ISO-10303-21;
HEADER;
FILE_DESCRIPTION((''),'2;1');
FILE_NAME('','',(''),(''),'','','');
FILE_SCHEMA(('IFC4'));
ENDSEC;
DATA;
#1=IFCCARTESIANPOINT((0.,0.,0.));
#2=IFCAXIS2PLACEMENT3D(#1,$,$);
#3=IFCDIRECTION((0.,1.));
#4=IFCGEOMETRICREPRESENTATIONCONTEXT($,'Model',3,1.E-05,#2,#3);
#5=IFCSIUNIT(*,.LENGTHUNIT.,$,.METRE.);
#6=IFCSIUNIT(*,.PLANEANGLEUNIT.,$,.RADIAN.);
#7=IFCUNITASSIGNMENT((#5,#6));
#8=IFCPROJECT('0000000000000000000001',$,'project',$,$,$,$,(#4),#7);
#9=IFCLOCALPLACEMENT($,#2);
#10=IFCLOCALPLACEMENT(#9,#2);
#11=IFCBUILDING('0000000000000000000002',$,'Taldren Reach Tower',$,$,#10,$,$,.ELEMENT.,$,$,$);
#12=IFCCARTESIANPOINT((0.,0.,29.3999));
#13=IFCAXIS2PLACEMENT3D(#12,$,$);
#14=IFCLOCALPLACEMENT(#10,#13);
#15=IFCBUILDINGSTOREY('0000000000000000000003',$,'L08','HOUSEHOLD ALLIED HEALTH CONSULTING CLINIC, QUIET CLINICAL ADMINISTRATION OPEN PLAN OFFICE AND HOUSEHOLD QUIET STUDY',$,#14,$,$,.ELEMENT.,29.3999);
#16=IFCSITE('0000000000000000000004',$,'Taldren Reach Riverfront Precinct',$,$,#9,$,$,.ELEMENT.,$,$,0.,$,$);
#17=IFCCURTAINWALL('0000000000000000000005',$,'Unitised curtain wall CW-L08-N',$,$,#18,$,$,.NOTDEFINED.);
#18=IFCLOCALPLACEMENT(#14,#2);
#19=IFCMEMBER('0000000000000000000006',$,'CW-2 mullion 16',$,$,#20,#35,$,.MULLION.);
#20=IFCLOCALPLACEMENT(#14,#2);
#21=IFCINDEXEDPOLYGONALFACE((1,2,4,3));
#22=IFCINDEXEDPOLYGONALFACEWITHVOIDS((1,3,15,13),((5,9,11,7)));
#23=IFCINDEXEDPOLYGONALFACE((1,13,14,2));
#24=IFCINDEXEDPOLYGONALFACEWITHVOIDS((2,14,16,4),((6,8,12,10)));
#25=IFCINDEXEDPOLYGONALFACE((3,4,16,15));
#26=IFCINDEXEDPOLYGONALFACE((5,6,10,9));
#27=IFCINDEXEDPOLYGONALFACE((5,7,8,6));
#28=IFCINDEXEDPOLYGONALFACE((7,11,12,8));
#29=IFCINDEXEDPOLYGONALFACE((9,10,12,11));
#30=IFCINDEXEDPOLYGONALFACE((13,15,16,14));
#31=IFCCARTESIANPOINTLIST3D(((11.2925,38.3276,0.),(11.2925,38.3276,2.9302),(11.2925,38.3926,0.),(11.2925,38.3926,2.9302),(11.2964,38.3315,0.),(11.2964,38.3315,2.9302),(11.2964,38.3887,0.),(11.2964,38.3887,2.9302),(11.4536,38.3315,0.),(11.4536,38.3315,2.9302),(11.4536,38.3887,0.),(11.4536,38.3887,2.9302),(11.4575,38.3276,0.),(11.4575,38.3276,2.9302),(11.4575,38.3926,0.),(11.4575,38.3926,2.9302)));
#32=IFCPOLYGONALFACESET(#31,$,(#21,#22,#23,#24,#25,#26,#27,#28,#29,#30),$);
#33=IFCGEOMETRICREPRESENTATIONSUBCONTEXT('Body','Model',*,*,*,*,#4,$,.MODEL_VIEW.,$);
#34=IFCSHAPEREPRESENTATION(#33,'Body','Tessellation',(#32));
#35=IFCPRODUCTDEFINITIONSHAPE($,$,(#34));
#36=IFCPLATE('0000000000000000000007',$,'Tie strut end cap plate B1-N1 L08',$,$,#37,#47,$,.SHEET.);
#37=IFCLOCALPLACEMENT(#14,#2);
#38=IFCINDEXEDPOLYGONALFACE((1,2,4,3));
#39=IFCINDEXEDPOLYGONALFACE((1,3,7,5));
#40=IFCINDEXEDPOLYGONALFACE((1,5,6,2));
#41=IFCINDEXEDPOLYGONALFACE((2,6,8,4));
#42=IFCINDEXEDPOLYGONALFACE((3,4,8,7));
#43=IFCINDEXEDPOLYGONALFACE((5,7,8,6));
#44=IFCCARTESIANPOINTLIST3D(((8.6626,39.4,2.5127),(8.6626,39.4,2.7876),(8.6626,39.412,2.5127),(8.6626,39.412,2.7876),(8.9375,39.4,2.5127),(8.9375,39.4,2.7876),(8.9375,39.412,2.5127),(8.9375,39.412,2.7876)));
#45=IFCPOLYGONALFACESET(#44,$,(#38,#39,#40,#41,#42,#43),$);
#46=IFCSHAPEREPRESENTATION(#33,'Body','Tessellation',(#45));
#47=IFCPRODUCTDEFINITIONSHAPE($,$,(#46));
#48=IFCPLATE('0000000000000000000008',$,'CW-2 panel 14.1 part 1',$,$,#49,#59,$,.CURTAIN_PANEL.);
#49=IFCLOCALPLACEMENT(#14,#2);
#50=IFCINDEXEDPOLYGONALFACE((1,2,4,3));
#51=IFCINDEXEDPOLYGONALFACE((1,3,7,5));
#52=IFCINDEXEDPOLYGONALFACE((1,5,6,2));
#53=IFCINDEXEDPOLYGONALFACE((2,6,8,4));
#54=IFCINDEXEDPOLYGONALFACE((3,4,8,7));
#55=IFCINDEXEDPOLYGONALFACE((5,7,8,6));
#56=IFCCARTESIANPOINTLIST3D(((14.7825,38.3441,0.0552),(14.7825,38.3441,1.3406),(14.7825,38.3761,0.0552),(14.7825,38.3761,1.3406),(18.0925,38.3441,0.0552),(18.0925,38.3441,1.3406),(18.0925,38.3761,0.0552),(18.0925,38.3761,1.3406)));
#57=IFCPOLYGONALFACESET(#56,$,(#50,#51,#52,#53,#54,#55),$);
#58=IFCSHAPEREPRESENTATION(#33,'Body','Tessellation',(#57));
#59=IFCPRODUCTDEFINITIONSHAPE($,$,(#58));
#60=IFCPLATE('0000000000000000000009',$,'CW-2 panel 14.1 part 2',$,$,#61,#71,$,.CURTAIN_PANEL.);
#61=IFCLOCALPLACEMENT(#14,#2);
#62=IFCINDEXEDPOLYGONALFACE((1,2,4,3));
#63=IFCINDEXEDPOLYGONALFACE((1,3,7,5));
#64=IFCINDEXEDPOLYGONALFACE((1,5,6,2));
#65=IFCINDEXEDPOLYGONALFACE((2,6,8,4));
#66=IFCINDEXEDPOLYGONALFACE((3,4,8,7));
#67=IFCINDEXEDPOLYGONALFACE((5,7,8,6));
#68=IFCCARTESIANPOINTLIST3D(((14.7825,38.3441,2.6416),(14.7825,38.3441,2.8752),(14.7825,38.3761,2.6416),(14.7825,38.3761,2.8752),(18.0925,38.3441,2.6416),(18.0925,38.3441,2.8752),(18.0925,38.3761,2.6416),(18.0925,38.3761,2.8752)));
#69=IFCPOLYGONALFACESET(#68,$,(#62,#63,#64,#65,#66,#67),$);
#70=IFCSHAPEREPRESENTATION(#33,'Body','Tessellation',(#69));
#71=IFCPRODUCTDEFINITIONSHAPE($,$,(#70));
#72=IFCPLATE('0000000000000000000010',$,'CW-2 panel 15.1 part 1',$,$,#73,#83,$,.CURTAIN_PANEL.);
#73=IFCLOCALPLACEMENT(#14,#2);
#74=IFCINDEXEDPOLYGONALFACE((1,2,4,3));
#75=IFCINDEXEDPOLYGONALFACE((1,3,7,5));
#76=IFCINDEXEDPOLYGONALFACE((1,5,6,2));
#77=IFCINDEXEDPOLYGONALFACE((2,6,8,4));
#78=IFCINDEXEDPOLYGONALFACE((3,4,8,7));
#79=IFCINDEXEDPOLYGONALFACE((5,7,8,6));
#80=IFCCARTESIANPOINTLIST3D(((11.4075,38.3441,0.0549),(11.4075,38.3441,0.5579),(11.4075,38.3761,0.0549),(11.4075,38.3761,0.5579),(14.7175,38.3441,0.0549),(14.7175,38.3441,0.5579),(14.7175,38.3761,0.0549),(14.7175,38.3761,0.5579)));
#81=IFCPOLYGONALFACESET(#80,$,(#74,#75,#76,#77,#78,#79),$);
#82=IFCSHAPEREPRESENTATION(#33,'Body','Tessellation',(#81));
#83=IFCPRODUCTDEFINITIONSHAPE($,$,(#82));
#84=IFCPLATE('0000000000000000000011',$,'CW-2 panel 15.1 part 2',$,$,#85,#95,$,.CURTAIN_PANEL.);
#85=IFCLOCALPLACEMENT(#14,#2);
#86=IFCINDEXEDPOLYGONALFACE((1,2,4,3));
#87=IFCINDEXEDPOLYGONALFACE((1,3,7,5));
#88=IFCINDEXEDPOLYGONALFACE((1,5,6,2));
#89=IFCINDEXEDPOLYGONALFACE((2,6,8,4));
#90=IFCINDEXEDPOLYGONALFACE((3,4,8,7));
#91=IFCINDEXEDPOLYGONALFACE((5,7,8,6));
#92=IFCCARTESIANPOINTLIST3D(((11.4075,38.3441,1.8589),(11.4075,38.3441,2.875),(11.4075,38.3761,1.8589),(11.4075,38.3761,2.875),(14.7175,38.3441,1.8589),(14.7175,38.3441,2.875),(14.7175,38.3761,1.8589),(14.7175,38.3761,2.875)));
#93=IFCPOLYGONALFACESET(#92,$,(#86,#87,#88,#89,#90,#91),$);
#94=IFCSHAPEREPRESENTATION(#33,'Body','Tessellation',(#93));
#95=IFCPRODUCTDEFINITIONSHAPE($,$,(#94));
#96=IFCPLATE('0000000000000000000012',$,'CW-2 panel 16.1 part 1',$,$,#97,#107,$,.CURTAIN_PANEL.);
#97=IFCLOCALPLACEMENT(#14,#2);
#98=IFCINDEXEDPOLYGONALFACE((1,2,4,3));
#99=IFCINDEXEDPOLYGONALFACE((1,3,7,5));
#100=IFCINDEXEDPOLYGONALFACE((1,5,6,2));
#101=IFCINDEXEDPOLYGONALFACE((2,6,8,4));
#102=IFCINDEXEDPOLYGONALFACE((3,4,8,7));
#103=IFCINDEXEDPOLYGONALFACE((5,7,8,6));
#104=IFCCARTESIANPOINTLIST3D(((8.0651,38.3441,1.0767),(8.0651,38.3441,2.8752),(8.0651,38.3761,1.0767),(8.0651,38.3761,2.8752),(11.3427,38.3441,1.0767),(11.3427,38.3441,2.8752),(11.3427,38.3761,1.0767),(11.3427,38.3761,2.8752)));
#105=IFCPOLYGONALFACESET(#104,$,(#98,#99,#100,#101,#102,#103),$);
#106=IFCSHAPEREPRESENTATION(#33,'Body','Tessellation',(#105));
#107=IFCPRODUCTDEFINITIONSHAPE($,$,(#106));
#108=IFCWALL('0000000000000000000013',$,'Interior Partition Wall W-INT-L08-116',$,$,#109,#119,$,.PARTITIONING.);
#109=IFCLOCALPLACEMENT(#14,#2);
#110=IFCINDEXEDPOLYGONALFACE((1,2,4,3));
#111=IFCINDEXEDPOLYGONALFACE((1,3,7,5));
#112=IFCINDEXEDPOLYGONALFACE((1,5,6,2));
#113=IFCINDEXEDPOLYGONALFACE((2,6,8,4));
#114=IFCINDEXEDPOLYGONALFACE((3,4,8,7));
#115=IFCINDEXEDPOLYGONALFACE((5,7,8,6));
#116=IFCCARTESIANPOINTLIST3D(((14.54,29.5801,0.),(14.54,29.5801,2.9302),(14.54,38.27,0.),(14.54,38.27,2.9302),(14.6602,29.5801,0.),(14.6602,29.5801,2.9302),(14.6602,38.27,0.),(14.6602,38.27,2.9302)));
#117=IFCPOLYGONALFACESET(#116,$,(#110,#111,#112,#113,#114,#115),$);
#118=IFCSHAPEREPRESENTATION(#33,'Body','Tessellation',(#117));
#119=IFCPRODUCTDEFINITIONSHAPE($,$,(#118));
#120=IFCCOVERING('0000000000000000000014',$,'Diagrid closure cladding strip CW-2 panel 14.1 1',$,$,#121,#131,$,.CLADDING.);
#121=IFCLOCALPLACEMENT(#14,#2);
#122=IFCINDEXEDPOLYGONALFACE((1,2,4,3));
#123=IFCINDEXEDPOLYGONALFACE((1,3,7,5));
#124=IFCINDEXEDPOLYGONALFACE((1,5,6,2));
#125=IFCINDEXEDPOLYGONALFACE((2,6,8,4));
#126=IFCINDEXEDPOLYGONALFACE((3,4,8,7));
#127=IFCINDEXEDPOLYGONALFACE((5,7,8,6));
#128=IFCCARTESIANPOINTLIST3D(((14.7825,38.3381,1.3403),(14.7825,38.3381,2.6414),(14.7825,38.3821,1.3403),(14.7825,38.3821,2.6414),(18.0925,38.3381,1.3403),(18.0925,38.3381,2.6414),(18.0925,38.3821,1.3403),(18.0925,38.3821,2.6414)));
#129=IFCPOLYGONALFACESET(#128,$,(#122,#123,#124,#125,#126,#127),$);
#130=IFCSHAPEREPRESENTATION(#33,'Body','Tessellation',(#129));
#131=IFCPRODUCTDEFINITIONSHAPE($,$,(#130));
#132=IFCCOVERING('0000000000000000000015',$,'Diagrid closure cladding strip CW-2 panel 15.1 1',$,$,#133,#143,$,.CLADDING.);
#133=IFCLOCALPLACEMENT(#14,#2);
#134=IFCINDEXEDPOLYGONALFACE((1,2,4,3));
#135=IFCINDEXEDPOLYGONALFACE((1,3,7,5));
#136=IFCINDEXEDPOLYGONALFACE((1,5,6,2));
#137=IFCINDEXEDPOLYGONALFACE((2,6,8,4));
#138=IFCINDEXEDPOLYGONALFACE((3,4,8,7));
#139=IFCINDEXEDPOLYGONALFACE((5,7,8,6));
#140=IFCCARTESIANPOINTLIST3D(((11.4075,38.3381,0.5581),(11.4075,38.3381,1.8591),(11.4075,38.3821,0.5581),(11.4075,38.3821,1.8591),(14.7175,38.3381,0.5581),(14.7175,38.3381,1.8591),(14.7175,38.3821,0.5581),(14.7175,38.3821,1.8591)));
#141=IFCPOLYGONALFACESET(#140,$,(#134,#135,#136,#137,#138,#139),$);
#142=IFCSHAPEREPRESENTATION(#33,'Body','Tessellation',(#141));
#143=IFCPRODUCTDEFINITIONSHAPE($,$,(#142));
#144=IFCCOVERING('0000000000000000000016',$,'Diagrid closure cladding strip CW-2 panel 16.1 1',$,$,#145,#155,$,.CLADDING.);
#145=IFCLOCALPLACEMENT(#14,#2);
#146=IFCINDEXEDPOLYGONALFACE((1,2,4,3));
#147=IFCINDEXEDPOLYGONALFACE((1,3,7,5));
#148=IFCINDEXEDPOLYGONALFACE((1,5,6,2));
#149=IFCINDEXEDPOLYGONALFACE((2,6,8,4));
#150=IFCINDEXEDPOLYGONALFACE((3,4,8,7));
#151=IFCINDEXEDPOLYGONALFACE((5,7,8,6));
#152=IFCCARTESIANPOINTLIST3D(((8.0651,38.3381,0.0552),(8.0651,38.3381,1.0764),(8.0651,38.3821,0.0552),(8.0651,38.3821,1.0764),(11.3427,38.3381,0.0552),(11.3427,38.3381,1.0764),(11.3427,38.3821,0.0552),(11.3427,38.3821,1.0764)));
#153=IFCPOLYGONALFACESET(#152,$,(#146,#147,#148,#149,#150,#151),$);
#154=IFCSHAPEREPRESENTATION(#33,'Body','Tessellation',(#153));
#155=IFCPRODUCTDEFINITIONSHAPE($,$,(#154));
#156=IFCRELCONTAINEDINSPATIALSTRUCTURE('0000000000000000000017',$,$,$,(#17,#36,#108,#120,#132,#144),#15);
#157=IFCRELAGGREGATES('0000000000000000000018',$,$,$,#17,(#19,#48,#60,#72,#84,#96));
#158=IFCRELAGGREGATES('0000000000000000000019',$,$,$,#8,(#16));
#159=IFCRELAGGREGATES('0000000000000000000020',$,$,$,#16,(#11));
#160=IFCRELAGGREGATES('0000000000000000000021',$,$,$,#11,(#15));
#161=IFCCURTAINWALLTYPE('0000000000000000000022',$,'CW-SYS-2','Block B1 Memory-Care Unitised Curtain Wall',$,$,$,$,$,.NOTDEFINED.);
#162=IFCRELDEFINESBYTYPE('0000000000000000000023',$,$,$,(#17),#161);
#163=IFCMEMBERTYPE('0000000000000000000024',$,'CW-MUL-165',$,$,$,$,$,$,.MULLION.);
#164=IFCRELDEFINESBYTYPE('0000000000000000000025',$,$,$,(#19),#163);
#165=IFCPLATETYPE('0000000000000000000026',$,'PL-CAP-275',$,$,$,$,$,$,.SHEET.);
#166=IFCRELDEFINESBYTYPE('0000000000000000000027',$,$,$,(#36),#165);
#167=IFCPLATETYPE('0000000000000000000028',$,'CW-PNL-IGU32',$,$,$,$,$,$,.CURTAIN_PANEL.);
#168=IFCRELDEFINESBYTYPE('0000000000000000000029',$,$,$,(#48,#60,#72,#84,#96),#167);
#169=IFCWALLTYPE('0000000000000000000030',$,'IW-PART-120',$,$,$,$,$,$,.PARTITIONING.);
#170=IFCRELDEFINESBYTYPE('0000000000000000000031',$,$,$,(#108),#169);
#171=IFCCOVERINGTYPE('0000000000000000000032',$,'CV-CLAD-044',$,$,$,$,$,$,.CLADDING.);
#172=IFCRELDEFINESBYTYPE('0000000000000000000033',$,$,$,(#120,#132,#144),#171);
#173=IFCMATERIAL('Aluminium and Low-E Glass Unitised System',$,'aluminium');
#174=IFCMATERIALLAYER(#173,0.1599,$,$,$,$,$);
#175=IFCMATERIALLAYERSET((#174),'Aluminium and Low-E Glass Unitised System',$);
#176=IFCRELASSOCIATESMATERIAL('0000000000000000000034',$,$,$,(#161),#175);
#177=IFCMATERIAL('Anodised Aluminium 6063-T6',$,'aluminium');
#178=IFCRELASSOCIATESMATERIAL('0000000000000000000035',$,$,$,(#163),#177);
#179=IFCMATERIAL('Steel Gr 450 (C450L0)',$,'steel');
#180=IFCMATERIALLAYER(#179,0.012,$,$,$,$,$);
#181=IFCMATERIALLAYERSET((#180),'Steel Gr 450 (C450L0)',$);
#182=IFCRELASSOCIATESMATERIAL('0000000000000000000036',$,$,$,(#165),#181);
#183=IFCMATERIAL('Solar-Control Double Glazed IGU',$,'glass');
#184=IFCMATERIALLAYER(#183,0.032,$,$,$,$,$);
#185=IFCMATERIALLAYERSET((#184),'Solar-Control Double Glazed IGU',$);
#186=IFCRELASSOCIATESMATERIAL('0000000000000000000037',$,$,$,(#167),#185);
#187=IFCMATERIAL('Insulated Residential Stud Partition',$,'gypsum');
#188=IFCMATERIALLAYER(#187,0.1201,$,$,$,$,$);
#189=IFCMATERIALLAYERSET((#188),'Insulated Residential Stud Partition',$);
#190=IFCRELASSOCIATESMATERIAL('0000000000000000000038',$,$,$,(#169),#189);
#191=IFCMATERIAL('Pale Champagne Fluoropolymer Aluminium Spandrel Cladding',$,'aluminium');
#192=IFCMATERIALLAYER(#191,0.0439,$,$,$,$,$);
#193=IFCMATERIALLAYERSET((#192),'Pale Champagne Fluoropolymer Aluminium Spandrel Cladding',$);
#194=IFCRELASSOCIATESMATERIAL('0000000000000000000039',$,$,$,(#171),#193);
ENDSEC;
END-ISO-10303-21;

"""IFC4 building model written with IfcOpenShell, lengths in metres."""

from ifc_helpers import new_model, si_unit, direction, frame, frame_2d, origin, origin_2d, place, context, subcontext, project, spatial, rectangle, hollow_rectangle, extrude, source, transform, mapped, material, layer, layer_set, material_profile, profile_set, type_object, element, aggregate, save


model = new_model("IFC4")

# Units and contexts
model_context = context("Model", 3, precision=1e-05, world=origin(), true_north=direction((0.0, 1.0)))
body_context = subcontext(model_context, "Body", "Model", "MODEL_VIEW")
ifc_project = project(units=[si_unit("LENGTHUNIT", "METRE"), si_unit("PLANEANGLEUNIT", "RADIAN")], contexts=[model_context])

# Site, building, storey
site_placement = place(None, origin())
site = spatial("IfcSite", under=ifc_project, at=site_placement, Name="Taldren Reach Riverfront Precinct", CompositionType="ELEMENT", RefElevation=0.0)
building_placement = place(site_placement, origin())
building = spatial("IfcBuilding", under=site, at=building_placement, Name="Taldren Reach Tower", CompositionType="ELEMENT")
storey_placement = place(building_placement, frame((0.0, 0.0, 29.3999)))
storey = spatial("IfcBuildingStorey", under=building, at=storey_placement, Name="L08", Description="HOUSEHOLD ALLIED HEALTH CONSULTING CLINIC, QUIET CLINICAL ADMINISTRATION OPEN PLAN OFFICE AND HOUSEHOLD QUIET STUDY", CompositionType="ELEMENT", Elevation=29.3999)

# Shared definitions
ifc_material_1 = material(Name="Steel Gr 450 (C450L0)", Category="steel")

# Curtain wall, member
ifc_material_2 = material(Name="Aluminium and Low-E Glass Unitised System", Category="aluminium")
ifc_layer_1 = layer(ifc_material_2, 0.1599)
ifc_layer_set_1 = layer_set([ifc_layer_1], Name="Aluminium and Low-E Glass Unitised System")
curtain_wall_type = type_object("IfcCurtainWallType", Name="CW-SYS-2", Description="Block B1 Memory-Care Unitised Curtain Wall", PredefinedType="NOTDEFINED", material=ifc_layer_set_1)
curtain_wall_placement = place(storey_placement, origin())
curtain_wall = element("IfcCurtainWall", 1, at=curtain_wall_placement, inside=storey, type_object=curtain_wall_type, Name="Unitised curtain wall CW-L08-N", PredefinedType="NOTDEFINED")
ifc_material_3 = material(Name="Anodised Aluminium 6063-T6", Category="aluminium")
ifc_material_profile_1 = material_profile(ifc_material_3, hollow_rectangle(XDim=0.0649, YDim=0.165, WallThickness=0.0039, at=origin_2d()), Name="ALU-165x65x4RHS")
ifc_profile_set_1 = profile_set([ifc_material_profile_1], Name="Anodised Aluminium 6063-T6")
member_type_1 = type_object("IfcMemberType", Name="CW-MUL-165", PredefinedType="MULLION", material=ifc_profile_set_1)
shared_shape_1 = source(origin(), body_context, "Body", "SweptSolid", [
    extrude(hollow_rectangle(XDim=0.0649, YDim=0.165, WallThickness=0.0039, at=origin_2d()), origin(), (0.0, 0.0, 1.0), 2.9302),
])
member_1_placement = place(storey_placement, frame((11.375, 38.3601, 0.0), z_axis=(0.0, 0.0, 1.0), x_axis=(0.0, -1.0, 0.0)))
member_1 = element("IfcMember", 2, at=member_1_placement, type_object=member_type_1, Name="CW-2 mullion 16", PredefinedType="MULLION", context=body_context, shape_type="MappedRepresentation", body=[
    mapped(shared_shape_1, transform((0.0, 0.0, 0.0), scale=1.0)),
])

# Plates
ifc_layer_2 = layer(ifc_material_1, 0.012)
ifc_layer_set_2 = layer_set([ifc_layer_2], Name="Steel Gr 450 (C450L0)")
plate_type_1 = type_object("IfcPlateType", Name="PL-CAP-275", PredefinedType="SHEET", material=ifc_layer_set_2)
shared_shape_2 = source(origin(), body_context, "Body", "SweptSolid", [
    extrude(rectangle(XDim=0.2749, YDim=0.012, at=origin_2d()), origin(), (0.0, 0.0, 1.0), 0.2749),
])
plate_1_placement = place(storey_placement, frame((8.8, 39.406, 2.5127), z_axis=(0.0, 0.0, 1.0), x_axis=(1.0, 0.0, 0.0)))
element("IfcPlate", 3, at=plate_1_placement, inside=storey, type_object=plate_type_1, Name="Tie strut end cap plate B1-N1 L08", PredefinedType="SHEET", context=body_context, shape_type="MappedRepresentation", body=[
    mapped(shared_shape_2, transform((0.0, 0.0, 0.0), scale=1.0)),
])
ifc_material_4 = material(Name="Solar-Control Double Glazed IGU", Category="glass")
ifc_layer_3 = layer(ifc_material_4, 0.032)
ifc_layer_set_3 = layer_set([ifc_layer_3], Name="Solar-Control Double Glazed IGU")
plate_type_2 = type_object("IfcPlateType", Name="CW-PNL-IGU32", PredefinedType="CURTAIN_PANEL", material=ifc_layer_set_3)
shared_shape_3 = source(origin(), body_context, "Body", "SweptSolid", [
    extrude(rectangle(XDim=3.3101, YDim=0.032, at=origin_2d()), origin(), (0.0, 0.0, 1.0), 1.2854),
])
plate_2_placement = place(storey_placement, frame((16.4375, 38.3601, 0.0552), z_axis=(0.0, 0.0, 1.0), x_axis=(-1.0, 0.0, 0.0)))
plate_2 = element("IfcPlate", 4, at=plate_2_placement, type_object=plate_type_2, Name="CW-2 panel 14.1 part 1", PredefinedType="CURTAIN_PANEL", context=body_context, shape_type="MappedRepresentation", body=[
    mapped(shared_shape_3, transform((0.0, 0.0, 0.0), scale=1.0)),
])
shared_shape_4 = source(origin(), body_context, "Body", "SweptSolid", [
    extrude(rectangle(XDim=3.3101, YDim=0.032, at=origin_2d()), origin(), (0.0, 0.0, 1.0), 0.2336),
])
plate_3_placement = place(storey_placement, frame((16.4375, 38.3601, 2.6416), z_axis=(0.0, 0.0, 1.0), x_axis=(-1.0, 0.0, 0.0)))
plate_3 = element("IfcPlate", 5, at=plate_3_placement, type_object=plate_type_2, Name="CW-2 panel 14.1 part 2", PredefinedType="CURTAIN_PANEL", context=body_context, shape_type="MappedRepresentation", body=[
    mapped(shared_shape_4, transform((0.0, 0.0, 0.0), scale=1.0)),
])
shared_shape_5 = source(origin(), body_context, "Body", "SweptSolid", [
    extrude(rectangle(XDim=3.3101, YDim=0.032, at=origin_2d()), origin(), (0.0, 0.0, 1.0), 0.5029),
])
plate_4_placement = place(storey_placement, frame((13.0625, 38.3601, 0.0549), z_axis=(0.0, 0.0, 1.0), x_axis=(-1.0, 0.0, 0.0)))
plate_4 = element("IfcPlate", 6, at=plate_4_placement, type_object=plate_type_2, Name="CW-2 panel 15.1 part 1", PredefinedType="CURTAIN_PANEL", context=body_context, shape_type="MappedRepresentation", body=[
    mapped(shared_shape_5, transform((0.0, 0.0, 0.0), scale=1.0)),
])
shared_shape_6 = source(origin(), body_context, "Body", "SweptSolid", [
    extrude(rectangle(XDim=3.3101, YDim=0.032, at=origin_2d()), origin(), (0.0, 0.0, 1.0), 1.0161),
])
plate_5_placement = place(storey_placement, frame((13.0625, 38.3601, 1.8589), z_axis=(0.0, 0.0, 1.0), x_axis=(-1.0, 0.0, 0.0)))
plate_5 = element("IfcPlate", 7, at=plate_5_placement, type_object=plate_type_2, Name="CW-2 panel 15.1 part 2", PredefinedType="CURTAIN_PANEL", context=body_context, shape_type="MappedRepresentation", body=[
    mapped(shared_shape_6, transform((0.0, 0.0, 0.0), scale=1.0)),
])
shared_shape_7 = source(origin(), body_context, "Body", "SweptSolid", [
    extrude(rectangle(XDim=3.2776, YDim=0.032, at=origin_2d()), origin(), (0.0, 0.0, 1.0), 1.7986),
])
plate_6_placement = place(storey_placement, frame((9.7039, 38.3601, 1.0767), z_axis=(0.0, 0.0, 1.0), x_axis=(-1.0, 0.0, 0.0)))
plate_6 = element("IfcPlate", 8, at=plate_6_placement, type_object=plate_type_2, Name="CW-2 panel 16.1 part 1", PredefinedType="CURTAIN_PANEL", context=body_context, shape_type="MappedRepresentation", body=[
    mapped(shared_shape_7, transform((0.0, 0.0, 0.0), scale=1.0)),
])
aggregate(curtain_wall, [member_1, plate_2, plate_3, plate_4, plate_5, plate_6])

# Wall
ifc_material_5 = material(Name="Insulated Residential Stud Partition", Category="gypsum")
ifc_layer_4 = layer(ifc_material_5, 0.1201)
ifc_layer_set_4 = layer_set([ifc_layer_4], Name="Insulated Residential Stud Partition")
wall_type = type_object("IfcWallType", Name="IW-PART-120", PredefinedType="PARTITIONING", material=ifc_layer_set_4)
shared_shape_8 = source(origin(), body_context, "Body", "SweptSolid", [
    extrude(rectangle(XDim=8.6899, YDim=0.1201, at=frame_2d((4.345, 0.0))), origin(), (0.0, 0.0, 1.0), 2.9302),
])
wall_placement = place(storey_placement, frame((14.6001, 38.27, 0.0), z_axis=(0.0, 0.0, 1.0), x_axis=(0.0, -1.0, 0.0)))
element("IfcWall", 9, at=wall_placement, inside=storey, type_object=wall_type, Name="Interior Partition Wall W-INT-L08-116", PredefinedType="PARTITIONING", context=body_context, shape_type="MappedRepresentation", body=[
    mapped(shared_shape_8, transform((0.0, 0.0, 0.0), scale=1.0)),
])

# Coverings
ifc_material_6 = material(Name="Pale Champagne Fluoropolymer Aluminium Spandrel Cladding", Category="aluminium")
ifc_layer_5 = layer(ifc_material_6, 0.0439)
ifc_layer_set_5 = layer_set([ifc_layer_5], Name="Pale Champagne Fluoropolymer Aluminium Spandrel Cladding")
covering_type = type_object("IfcCoveringType", Name="CV-CLAD-044", PredefinedType="CLADDING", material=ifc_layer_set_5)
shared_shape_9 = source(origin(), body_context, "Body", "SweptSolid", [
    extrude(rectangle(XDim=3.3101, YDim=0.0439, at=origin_2d()), origin(), (0.0, 0.0, 1.0), 1.301),
])
for number, where, z_axis, x_axis, name in (
    (10, (16.4375, 38.3601, 1.3403), (0.0, 0.0, 1.0), (-1.0, 0.0, 0.0), "Diagrid closure cladding strip CW-2 panel 14.1 1"),
    (11, (13.0625, 38.3601, 0.5581), (0.0, 0.0, 1.0), (-1.0, 0.0, 0.0), "Diagrid closure cladding strip CW-2 panel 15.1 1"),
):
    element("IfcCovering", number, at=place(storey_placement, frame(where, z_axis=z_axis, x_axis=x_axis)), inside=storey, type_object=covering_type, Name=name, PredefinedType="CLADDING", context=body_context, shape_type="MappedRepresentation", body=[
        mapped(shared_shape_9, transform((0.0, 0.0, 0.0), scale=1.0)),
    ])
shared_shape_10 = source(origin(), body_context, "Body", "SweptSolid", [
    extrude(rectangle(XDim=3.2776, YDim=0.0439, at=origin_2d()), origin(), (0.0, 0.0, 1.0), 1.0212),
])
covering_placement = place(storey_placement, frame((9.7039, 38.3601, 0.0552), z_axis=(0.0, 0.0, 1.0), x_axis=(-1.0, 0.0, 0.0)))
element("IfcCovering", 12, at=covering_placement, inside=storey, type_object=covering_type, Name="Diagrid closure cladding strip CW-2 panel 16.1 1", PredefinedType="CLADDING", context=body_context, shape_type="MappedRepresentation", body=[
    mapped(shared_shape_10, transform((0.0, 0.0, 0.0), scale=1.0)),
])

save(model, "model.ifc")
